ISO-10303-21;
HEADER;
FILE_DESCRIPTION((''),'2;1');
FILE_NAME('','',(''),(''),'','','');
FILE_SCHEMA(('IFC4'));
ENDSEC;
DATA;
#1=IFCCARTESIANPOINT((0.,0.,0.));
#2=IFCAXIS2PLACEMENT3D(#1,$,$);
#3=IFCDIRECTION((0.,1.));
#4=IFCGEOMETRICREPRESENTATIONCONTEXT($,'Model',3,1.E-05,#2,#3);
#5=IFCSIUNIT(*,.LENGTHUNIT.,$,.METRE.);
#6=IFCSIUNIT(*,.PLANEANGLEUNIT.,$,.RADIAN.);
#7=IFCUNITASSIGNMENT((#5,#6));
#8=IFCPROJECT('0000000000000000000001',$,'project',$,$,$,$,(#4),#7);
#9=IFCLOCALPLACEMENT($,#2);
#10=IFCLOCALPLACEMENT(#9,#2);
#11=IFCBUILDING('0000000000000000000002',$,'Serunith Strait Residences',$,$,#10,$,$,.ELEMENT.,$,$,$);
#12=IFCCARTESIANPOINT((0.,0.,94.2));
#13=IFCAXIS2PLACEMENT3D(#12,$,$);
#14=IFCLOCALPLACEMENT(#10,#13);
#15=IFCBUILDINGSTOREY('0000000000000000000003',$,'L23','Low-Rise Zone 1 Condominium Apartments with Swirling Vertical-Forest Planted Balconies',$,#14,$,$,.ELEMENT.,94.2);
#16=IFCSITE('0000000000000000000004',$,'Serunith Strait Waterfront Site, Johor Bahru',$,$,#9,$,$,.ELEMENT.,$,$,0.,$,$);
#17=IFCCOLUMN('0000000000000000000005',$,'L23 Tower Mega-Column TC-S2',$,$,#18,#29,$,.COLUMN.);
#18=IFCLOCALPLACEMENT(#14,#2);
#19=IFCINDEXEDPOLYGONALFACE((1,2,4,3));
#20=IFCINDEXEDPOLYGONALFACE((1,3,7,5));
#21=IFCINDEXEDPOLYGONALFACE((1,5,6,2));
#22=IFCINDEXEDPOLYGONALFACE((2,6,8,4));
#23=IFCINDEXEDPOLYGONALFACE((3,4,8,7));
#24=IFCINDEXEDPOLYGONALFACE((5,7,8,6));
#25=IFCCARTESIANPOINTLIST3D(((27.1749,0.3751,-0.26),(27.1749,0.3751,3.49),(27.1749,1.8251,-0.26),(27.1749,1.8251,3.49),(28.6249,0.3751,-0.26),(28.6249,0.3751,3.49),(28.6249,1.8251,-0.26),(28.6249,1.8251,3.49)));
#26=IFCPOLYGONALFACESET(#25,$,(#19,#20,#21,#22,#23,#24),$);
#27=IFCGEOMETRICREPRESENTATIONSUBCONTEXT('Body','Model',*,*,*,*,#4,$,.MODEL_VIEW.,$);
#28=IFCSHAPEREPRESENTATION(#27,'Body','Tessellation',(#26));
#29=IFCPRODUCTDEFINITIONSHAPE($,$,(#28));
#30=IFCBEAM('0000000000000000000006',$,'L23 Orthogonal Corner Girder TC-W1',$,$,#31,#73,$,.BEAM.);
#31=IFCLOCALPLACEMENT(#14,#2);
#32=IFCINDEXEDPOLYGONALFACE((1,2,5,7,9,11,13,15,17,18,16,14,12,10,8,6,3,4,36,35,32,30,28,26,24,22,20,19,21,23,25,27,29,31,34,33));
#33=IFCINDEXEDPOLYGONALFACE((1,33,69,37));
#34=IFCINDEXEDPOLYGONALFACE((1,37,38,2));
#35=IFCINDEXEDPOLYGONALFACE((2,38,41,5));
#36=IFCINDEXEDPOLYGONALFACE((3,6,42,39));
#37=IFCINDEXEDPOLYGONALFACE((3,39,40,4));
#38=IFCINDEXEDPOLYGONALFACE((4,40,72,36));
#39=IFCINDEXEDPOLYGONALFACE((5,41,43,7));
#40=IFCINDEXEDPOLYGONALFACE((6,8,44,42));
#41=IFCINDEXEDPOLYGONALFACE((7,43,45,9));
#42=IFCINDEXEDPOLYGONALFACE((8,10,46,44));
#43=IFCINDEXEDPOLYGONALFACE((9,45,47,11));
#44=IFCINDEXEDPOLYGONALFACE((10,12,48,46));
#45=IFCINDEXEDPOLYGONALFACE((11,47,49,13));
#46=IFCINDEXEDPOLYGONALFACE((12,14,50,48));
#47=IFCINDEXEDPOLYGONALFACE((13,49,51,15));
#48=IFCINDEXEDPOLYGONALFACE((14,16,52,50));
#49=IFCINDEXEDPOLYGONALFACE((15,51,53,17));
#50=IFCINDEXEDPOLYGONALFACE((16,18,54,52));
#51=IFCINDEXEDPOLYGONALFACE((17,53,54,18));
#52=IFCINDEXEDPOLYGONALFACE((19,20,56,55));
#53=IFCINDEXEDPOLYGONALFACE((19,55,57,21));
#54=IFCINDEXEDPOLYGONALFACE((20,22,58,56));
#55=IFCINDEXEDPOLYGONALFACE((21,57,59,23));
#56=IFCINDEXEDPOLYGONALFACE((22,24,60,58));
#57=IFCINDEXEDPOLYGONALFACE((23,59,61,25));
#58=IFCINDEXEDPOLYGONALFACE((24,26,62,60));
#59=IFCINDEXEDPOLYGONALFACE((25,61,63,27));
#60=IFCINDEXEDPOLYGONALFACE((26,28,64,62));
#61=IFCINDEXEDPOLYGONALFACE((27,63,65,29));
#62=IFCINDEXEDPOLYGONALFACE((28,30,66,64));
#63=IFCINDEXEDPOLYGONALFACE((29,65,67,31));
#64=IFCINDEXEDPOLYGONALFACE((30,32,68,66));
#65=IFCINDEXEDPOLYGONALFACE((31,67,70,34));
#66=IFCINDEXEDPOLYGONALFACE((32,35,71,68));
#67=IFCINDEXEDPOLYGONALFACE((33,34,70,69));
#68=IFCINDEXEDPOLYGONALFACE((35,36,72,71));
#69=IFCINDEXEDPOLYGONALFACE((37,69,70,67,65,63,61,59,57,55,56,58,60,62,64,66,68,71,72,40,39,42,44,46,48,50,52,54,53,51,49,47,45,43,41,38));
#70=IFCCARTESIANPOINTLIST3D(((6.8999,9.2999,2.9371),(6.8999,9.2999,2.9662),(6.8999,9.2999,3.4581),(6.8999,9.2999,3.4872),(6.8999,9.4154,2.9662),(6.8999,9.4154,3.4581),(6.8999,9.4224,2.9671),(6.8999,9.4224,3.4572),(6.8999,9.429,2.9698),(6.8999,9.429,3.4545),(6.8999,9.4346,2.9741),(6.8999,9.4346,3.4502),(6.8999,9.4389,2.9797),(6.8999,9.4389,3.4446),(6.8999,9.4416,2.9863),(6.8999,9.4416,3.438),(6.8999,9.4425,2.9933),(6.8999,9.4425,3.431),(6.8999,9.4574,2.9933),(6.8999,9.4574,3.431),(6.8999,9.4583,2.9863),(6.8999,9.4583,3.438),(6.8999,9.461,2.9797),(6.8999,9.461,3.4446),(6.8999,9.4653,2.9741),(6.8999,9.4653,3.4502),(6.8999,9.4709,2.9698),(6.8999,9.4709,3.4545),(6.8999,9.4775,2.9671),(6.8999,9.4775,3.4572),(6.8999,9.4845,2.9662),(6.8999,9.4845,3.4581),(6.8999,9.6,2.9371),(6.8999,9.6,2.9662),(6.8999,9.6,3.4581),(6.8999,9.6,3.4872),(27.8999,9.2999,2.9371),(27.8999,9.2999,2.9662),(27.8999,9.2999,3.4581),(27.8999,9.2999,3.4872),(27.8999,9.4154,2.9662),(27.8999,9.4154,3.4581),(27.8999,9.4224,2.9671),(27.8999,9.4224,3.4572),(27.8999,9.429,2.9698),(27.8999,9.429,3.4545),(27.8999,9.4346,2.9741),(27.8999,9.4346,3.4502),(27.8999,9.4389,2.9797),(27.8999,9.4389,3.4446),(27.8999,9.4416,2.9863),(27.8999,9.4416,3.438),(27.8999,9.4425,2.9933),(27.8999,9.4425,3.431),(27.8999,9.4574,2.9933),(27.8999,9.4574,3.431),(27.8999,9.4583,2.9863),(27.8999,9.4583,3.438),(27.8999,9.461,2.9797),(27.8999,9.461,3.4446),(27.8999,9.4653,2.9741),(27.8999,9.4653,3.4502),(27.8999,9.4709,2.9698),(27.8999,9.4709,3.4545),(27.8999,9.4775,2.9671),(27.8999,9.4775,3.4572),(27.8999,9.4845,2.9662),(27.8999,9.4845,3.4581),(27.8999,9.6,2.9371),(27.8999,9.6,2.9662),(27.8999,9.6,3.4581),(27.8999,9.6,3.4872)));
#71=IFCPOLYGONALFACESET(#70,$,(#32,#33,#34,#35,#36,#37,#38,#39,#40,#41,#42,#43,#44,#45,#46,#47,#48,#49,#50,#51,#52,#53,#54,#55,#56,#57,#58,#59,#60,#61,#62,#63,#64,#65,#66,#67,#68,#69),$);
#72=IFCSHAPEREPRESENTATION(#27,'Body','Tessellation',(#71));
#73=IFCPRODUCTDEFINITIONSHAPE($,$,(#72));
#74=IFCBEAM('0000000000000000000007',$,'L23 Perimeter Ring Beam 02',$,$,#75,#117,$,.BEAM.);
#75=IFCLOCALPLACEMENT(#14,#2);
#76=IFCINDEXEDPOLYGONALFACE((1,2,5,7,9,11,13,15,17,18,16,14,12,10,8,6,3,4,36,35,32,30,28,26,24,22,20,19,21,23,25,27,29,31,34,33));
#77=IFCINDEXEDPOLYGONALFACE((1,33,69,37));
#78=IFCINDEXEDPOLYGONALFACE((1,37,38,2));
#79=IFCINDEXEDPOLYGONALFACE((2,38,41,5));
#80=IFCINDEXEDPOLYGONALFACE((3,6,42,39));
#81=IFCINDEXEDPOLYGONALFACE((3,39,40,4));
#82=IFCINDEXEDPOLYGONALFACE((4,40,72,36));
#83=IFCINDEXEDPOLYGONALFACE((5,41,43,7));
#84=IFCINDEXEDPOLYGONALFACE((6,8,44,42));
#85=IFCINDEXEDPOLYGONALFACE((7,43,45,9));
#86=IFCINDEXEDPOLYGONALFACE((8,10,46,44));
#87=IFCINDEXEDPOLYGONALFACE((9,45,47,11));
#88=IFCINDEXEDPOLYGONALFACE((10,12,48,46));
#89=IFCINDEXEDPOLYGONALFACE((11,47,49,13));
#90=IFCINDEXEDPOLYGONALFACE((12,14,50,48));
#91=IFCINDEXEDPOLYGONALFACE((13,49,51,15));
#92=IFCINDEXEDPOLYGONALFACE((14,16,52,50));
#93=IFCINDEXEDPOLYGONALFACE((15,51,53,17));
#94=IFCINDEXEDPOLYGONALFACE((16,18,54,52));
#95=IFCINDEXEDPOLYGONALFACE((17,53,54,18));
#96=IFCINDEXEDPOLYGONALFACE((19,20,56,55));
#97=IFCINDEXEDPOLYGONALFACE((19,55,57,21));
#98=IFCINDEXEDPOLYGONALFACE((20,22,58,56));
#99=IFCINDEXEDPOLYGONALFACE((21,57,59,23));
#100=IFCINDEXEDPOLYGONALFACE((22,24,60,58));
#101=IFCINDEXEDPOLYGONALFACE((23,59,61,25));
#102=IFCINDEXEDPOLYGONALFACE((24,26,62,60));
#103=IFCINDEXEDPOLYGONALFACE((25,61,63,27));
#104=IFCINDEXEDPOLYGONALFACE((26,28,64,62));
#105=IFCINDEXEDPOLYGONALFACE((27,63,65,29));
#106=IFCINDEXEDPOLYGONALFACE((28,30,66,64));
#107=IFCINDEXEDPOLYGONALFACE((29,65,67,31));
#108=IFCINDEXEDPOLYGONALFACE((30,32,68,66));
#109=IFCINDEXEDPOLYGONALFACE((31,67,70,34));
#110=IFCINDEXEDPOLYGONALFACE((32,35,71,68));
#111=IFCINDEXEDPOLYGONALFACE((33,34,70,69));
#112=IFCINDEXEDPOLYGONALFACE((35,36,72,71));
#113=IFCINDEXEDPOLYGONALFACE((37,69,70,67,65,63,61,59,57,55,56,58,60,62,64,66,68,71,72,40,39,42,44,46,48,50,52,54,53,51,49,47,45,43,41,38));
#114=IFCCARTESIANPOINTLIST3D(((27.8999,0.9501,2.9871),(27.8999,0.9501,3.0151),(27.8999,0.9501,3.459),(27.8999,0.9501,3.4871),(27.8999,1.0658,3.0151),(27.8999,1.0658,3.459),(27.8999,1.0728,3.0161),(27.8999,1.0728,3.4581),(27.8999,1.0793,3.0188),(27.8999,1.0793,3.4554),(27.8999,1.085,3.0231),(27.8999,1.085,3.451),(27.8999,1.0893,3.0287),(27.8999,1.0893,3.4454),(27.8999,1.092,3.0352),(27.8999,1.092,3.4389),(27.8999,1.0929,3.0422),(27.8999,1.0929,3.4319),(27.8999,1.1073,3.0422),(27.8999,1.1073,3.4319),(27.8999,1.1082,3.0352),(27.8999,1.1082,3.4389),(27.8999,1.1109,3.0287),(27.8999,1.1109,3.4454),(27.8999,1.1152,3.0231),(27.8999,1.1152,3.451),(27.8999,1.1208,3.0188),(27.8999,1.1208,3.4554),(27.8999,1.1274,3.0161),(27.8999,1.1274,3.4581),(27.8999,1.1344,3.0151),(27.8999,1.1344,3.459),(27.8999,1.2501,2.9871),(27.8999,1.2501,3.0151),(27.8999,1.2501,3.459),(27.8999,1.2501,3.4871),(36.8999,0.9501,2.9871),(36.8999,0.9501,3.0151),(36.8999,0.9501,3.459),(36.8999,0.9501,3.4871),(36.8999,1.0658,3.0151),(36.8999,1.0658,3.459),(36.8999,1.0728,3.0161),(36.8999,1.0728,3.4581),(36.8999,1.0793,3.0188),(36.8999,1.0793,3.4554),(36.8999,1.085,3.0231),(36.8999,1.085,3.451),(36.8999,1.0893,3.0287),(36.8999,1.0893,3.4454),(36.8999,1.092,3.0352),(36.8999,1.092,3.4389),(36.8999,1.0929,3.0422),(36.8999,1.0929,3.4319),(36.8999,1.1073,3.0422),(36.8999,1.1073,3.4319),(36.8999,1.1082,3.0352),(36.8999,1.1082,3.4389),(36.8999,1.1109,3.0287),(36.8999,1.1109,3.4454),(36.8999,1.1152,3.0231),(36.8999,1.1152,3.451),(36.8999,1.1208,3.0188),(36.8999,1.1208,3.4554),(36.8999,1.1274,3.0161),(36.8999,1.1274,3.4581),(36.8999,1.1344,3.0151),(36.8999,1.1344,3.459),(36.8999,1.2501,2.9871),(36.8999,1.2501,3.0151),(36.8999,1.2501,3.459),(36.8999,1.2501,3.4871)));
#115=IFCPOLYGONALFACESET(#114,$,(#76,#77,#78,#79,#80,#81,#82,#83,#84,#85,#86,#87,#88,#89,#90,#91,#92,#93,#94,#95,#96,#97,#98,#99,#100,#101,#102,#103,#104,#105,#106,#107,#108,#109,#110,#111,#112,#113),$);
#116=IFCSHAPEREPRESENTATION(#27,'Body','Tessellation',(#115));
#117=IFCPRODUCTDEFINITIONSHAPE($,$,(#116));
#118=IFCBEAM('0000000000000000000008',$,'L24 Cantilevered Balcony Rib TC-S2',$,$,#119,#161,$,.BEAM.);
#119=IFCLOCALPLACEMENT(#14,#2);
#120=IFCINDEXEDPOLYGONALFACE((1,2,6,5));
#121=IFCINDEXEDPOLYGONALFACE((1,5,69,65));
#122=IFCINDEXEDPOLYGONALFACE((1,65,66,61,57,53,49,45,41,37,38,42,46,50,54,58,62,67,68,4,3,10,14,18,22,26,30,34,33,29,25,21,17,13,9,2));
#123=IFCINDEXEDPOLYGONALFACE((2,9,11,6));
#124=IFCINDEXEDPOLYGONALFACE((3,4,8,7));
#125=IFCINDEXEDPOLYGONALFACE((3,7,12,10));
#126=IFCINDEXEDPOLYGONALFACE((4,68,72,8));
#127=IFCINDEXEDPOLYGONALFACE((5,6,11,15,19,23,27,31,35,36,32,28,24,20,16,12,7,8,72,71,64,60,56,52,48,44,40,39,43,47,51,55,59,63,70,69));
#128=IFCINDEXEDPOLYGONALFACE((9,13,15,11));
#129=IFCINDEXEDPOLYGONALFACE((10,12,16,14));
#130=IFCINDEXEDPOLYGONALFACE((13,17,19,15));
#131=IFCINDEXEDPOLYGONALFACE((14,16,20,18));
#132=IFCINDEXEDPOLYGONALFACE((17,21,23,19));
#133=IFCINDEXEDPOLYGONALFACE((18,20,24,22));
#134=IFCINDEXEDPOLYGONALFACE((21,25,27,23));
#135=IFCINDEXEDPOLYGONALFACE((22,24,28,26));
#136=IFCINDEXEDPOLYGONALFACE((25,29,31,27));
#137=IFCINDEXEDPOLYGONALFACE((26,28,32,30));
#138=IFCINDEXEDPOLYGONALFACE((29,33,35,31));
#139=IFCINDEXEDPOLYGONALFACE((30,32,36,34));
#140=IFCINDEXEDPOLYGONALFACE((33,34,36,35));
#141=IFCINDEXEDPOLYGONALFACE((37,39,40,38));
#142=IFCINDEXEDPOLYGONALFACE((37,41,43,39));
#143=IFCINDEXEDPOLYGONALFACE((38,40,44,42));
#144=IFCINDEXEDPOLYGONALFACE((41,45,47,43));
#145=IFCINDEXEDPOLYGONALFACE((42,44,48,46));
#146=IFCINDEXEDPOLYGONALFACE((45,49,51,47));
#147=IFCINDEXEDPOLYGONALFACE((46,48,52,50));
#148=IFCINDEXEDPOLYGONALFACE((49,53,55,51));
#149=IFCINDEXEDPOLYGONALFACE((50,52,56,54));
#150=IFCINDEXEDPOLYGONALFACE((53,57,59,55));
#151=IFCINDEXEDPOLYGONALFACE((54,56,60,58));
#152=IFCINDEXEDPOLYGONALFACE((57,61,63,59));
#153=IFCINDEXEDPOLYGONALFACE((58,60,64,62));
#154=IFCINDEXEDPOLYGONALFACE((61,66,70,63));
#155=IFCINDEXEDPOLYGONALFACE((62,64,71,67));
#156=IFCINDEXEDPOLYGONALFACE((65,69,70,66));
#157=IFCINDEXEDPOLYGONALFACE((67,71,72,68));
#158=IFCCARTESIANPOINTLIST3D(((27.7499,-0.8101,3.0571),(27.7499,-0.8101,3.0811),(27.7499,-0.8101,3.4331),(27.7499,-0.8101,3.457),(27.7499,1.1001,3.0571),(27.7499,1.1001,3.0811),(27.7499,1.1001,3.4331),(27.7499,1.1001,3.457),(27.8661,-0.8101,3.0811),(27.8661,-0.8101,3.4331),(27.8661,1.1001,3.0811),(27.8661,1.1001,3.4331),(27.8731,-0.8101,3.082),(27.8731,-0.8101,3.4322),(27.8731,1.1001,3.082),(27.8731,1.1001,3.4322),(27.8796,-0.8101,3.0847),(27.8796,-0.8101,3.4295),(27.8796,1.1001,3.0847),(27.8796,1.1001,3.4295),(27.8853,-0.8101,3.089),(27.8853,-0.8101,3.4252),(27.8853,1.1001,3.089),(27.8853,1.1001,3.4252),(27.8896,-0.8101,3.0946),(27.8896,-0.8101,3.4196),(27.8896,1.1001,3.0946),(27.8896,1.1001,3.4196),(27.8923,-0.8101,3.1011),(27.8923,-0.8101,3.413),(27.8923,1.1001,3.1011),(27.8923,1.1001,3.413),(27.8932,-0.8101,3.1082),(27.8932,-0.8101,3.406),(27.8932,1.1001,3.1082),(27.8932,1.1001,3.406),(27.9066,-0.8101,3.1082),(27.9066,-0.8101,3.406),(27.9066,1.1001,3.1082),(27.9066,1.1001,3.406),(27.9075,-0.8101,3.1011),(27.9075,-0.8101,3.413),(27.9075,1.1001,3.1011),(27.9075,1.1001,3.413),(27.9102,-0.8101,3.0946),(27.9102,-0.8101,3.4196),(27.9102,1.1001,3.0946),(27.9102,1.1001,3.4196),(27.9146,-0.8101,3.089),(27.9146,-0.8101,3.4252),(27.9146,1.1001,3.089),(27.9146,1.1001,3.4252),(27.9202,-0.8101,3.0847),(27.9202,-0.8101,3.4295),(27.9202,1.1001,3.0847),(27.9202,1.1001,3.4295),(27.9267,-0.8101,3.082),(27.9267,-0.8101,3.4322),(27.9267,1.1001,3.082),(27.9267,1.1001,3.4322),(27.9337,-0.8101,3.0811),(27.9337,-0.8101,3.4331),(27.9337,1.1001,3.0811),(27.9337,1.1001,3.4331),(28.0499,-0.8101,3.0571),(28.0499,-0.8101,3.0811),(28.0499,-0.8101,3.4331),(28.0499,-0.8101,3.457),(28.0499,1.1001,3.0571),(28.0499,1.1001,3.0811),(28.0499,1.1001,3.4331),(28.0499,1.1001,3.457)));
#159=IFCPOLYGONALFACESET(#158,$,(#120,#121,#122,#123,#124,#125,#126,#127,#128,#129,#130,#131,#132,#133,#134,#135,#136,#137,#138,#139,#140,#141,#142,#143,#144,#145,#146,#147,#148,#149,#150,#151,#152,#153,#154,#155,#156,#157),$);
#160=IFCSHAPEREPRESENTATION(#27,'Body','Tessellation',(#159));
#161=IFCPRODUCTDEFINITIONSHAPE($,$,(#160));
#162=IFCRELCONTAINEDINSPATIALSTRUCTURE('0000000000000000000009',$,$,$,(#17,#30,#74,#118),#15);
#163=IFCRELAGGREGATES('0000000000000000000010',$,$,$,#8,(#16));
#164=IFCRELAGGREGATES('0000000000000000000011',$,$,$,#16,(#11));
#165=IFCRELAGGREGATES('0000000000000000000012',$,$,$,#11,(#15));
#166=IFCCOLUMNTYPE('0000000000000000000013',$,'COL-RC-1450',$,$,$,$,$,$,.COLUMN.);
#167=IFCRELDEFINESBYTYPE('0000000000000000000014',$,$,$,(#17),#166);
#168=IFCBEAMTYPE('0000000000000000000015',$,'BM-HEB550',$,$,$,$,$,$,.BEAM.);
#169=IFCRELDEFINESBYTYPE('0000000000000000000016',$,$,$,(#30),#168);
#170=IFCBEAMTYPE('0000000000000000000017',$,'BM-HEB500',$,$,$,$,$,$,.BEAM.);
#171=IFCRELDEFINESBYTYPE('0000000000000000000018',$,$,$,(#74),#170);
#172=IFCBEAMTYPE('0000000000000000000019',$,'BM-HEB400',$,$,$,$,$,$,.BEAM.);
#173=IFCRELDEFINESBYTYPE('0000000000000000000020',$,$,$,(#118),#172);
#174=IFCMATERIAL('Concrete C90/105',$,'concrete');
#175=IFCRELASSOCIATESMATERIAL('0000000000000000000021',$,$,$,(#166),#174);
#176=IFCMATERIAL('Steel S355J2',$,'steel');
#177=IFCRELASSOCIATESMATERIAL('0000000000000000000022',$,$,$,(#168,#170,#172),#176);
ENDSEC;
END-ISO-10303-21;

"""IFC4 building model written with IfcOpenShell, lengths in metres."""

from ifc_helpers import new_model, si_unit, direction, frame, origin, origin_2d, place, context, subcontext, project, spatial, rectangle, i_section, extrude, source, transform, mapped, material, material_profile, profile_set, type_object, element, save


model = new_model("IFC4")

# Units and contexts
model_context = context("Model", 3, precision=1e-05, world=origin(), true_north=direction((0.0, 1.0)))
body_context = subcontext(model_context, "Body", "Model", "MODEL_VIEW")
ifc_project = project(units=[si_unit("LENGTHUNIT", "METRE"), si_unit("PLANEANGLEUNIT", "RADIAN")], contexts=[model_context])

# Site, building, storey
site_placement = place(None, origin())
site = spatial("IfcSite", under=ifc_project, at=site_placement, Name="Serunith Strait Waterfront Site, Johor Bahru", CompositionType="ELEMENT", RefElevation=0.0)
building_placement = place(site_placement, origin())
building = spatial("IfcBuilding", under=site, at=building_placement, Name="Serunith Strait Residences", CompositionType="ELEMENT")
storey_placement = place(building_placement, frame((0.0, 0.0, 94.2)))
storey = spatial("IfcBuildingStorey", under=building, at=storey_placement, Name="L23", Description="Low-Rise Zone 1 Condominium Apartments with Swirling Vertical-Forest Planted Balconies", CompositionType="ELEMENT", Elevation=94.2)

# Column
ifc_material_1 = material(Name="Concrete C90/105", Category="concrete")
ifc_material_profile_1 = material_profile(ifc_material_1, rectangle(XDim=1.45, YDim=1.45, at=origin_2d()), Name="RC 1450x1450")
ifc_profile_set_1 = profile_set([ifc_material_profile_1], Name="Concrete C90/105")
column_type = type_object("IfcColumnType", Name="COL-RC-1450", PredefinedType="COLUMN", material=ifc_profile_set_1)
shared_shape_1 = source(origin(), body_context, "Body", "SweptSolid", [
    extrude(rectangle(XDim=1.45, YDim=1.45, at=origin_2d()), origin(), (0.0, 0.0, 1.0), 3.75),
])
column_placement = place(storey_placement, frame((27.8999, 1.1001, -0.26), z_axis=(0.0, 0.0, 1.0), x_axis=(1.0, 0.0, 0.0)))
element("IfcColumn", 1, at=column_placement, inside=storey, type_object=column_type, Name="L23 Tower Mega-Column TC-S2", PredefinedType="COLUMN", context=body_context, shape_type="MappedRepresentation", body=[
    mapped(shared_shape_1, transform((0.0, 0.0, 0.0), scale=1.0)),
])

# Beams
ifc_material_2 = material(Name="Steel S355J2", Category="steel")
ifc_material_profile_2 = material_profile(ifc_material_2, i_section(OverallWidth=0.3, OverallDepth=0.55, WebThickness=0.0149, FlangeThickness=0.0291, FilletRadius=0.0271, at=origin_2d()), Name="HEB 550")
ifc_profile_set_2 = profile_set([ifc_material_profile_2], Name="Steel S355J2")
beam_type_1 = type_object("IfcBeamType", Name="BM-HEB550", PredefinedType="BEAM", material=ifc_profile_set_2)
shared_shape_2 = source(origin(), body_context, "Body", "SweptSolid", [
    extrude(i_section(OverallWidth=0.3, OverallDepth=0.55, WebThickness=0.0149, FlangeThickness=0.0291, FilletRadius=0.0271, at=origin_2d()), origin(), (0.0, 0.0, 1.0), 21.0),
])
beam_1_placement = place(storey_placement, frame((27.8999, 9.45, 3.2122), z_axis=(-1.0, 0.0, 0.0), x_axis=(0.0, -1.0, 0.0)))
element("IfcBeam", 2, at=beam_1_placement, inside=storey, type_object=beam_type_1, Name="L23 Orthogonal Corner Girder TC-W1", PredefinedType="BEAM", context=body_context, shape_type="MappedRepresentation", body=[
    mapped(shared_shape_2, transform((0.0, 0.0, 0.0), scale=1.0)),
])
ifc_material_profile_3 = material_profile(ifc_material_2, i_section(OverallWidth=0.3, OverallDepth=0.5, WebThickness=0.0144, FlangeThickness=0.0281, FilletRadius=0.0271, at=origin_2d()), Name="HEB 500")
ifc_profile_set_3 = profile_set([ifc_material_profile_3], Name="Steel S355J2")
beam_type_2 = type_object("IfcBeamType", Name="BM-HEB500", PredefinedType="BEAM", material=ifc_profile_set_3)
shared_shape_3 = source(origin(), body_context, "Body", "SweptSolid", [
    extrude(i_section(OverallWidth=0.3, OverallDepth=0.5, WebThickness=0.0144, FlangeThickness=0.0281, FilletRadius=0.0271, at=origin_2d()), origin(), (0.0, 0.0, 1.0), 9.0),
])
beam_2_placement = place(storey_placement, frame((27.8999, 1.1001, 3.2371), z_axis=(1.0, 0.0, 0.0), x_axis=(0.0, 1.0, 0.0)))
element("IfcBeam", 3, at=beam_2_placement, inside=storey, type_object=beam_type_2, Name="L23 Perimeter Ring Beam 02", PredefinedType="BEAM", context=body_context, shape_type="MappedRepresentation", body=[
    mapped(shared_shape_3, transform((0.0, 0.0, 0.0), scale=1.0)),
])
ifc_material_profile_4 = material_profile(ifc_material_2, i_section(OverallWidth=0.3, OverallDepth=0.3999, WebThickness=0.0134, FlangeThickness=0.0239, FilletRadius=0.0271, at=origin_2d()), Name="HEB 400")
ifc_profile_set_4 = profile_set([ifc_material_profile_4], Name="Steel S355J2")
beam_type_3 = type_object("IfcBeamType", Name="BM-HEB400", PredefinedType="BEAM", material=ifc_profile_set_4)
shared_shape_4 = source(origin(), body_context, "Body", "SweptSolid", [
    extrude(i_section(OverallWidth=0.3, OverallDepth=0.3999, WebThickness=0.0134, FlangeThickness=0.0239, FilletRadius=0.0271, at=origin_2d()), origin(), (0.0, 0.0, 1.0), 1.9102),
])
beam_3_placement = place(storey_placement, frame((27.8999, 1.1001, 3.2571), z_axis=(0.0, -1.0, 0.0), x_axis=(1.0, 0.0, 0.0)))
element("IfcBeam", 4, at=beam_3_placement, inside=storey, type_object=beam_type_3, Name="L24 Cantilevered Balcony Rib TC-S2", PredefinedType="BEAM", context=body_context, shape_type="MappedRepresentation", body=[
    mapped(shared_shape_4, transform((0.0, 0.0, 0.0), scale=1.0)),
])

save(model, "model.ifc")
